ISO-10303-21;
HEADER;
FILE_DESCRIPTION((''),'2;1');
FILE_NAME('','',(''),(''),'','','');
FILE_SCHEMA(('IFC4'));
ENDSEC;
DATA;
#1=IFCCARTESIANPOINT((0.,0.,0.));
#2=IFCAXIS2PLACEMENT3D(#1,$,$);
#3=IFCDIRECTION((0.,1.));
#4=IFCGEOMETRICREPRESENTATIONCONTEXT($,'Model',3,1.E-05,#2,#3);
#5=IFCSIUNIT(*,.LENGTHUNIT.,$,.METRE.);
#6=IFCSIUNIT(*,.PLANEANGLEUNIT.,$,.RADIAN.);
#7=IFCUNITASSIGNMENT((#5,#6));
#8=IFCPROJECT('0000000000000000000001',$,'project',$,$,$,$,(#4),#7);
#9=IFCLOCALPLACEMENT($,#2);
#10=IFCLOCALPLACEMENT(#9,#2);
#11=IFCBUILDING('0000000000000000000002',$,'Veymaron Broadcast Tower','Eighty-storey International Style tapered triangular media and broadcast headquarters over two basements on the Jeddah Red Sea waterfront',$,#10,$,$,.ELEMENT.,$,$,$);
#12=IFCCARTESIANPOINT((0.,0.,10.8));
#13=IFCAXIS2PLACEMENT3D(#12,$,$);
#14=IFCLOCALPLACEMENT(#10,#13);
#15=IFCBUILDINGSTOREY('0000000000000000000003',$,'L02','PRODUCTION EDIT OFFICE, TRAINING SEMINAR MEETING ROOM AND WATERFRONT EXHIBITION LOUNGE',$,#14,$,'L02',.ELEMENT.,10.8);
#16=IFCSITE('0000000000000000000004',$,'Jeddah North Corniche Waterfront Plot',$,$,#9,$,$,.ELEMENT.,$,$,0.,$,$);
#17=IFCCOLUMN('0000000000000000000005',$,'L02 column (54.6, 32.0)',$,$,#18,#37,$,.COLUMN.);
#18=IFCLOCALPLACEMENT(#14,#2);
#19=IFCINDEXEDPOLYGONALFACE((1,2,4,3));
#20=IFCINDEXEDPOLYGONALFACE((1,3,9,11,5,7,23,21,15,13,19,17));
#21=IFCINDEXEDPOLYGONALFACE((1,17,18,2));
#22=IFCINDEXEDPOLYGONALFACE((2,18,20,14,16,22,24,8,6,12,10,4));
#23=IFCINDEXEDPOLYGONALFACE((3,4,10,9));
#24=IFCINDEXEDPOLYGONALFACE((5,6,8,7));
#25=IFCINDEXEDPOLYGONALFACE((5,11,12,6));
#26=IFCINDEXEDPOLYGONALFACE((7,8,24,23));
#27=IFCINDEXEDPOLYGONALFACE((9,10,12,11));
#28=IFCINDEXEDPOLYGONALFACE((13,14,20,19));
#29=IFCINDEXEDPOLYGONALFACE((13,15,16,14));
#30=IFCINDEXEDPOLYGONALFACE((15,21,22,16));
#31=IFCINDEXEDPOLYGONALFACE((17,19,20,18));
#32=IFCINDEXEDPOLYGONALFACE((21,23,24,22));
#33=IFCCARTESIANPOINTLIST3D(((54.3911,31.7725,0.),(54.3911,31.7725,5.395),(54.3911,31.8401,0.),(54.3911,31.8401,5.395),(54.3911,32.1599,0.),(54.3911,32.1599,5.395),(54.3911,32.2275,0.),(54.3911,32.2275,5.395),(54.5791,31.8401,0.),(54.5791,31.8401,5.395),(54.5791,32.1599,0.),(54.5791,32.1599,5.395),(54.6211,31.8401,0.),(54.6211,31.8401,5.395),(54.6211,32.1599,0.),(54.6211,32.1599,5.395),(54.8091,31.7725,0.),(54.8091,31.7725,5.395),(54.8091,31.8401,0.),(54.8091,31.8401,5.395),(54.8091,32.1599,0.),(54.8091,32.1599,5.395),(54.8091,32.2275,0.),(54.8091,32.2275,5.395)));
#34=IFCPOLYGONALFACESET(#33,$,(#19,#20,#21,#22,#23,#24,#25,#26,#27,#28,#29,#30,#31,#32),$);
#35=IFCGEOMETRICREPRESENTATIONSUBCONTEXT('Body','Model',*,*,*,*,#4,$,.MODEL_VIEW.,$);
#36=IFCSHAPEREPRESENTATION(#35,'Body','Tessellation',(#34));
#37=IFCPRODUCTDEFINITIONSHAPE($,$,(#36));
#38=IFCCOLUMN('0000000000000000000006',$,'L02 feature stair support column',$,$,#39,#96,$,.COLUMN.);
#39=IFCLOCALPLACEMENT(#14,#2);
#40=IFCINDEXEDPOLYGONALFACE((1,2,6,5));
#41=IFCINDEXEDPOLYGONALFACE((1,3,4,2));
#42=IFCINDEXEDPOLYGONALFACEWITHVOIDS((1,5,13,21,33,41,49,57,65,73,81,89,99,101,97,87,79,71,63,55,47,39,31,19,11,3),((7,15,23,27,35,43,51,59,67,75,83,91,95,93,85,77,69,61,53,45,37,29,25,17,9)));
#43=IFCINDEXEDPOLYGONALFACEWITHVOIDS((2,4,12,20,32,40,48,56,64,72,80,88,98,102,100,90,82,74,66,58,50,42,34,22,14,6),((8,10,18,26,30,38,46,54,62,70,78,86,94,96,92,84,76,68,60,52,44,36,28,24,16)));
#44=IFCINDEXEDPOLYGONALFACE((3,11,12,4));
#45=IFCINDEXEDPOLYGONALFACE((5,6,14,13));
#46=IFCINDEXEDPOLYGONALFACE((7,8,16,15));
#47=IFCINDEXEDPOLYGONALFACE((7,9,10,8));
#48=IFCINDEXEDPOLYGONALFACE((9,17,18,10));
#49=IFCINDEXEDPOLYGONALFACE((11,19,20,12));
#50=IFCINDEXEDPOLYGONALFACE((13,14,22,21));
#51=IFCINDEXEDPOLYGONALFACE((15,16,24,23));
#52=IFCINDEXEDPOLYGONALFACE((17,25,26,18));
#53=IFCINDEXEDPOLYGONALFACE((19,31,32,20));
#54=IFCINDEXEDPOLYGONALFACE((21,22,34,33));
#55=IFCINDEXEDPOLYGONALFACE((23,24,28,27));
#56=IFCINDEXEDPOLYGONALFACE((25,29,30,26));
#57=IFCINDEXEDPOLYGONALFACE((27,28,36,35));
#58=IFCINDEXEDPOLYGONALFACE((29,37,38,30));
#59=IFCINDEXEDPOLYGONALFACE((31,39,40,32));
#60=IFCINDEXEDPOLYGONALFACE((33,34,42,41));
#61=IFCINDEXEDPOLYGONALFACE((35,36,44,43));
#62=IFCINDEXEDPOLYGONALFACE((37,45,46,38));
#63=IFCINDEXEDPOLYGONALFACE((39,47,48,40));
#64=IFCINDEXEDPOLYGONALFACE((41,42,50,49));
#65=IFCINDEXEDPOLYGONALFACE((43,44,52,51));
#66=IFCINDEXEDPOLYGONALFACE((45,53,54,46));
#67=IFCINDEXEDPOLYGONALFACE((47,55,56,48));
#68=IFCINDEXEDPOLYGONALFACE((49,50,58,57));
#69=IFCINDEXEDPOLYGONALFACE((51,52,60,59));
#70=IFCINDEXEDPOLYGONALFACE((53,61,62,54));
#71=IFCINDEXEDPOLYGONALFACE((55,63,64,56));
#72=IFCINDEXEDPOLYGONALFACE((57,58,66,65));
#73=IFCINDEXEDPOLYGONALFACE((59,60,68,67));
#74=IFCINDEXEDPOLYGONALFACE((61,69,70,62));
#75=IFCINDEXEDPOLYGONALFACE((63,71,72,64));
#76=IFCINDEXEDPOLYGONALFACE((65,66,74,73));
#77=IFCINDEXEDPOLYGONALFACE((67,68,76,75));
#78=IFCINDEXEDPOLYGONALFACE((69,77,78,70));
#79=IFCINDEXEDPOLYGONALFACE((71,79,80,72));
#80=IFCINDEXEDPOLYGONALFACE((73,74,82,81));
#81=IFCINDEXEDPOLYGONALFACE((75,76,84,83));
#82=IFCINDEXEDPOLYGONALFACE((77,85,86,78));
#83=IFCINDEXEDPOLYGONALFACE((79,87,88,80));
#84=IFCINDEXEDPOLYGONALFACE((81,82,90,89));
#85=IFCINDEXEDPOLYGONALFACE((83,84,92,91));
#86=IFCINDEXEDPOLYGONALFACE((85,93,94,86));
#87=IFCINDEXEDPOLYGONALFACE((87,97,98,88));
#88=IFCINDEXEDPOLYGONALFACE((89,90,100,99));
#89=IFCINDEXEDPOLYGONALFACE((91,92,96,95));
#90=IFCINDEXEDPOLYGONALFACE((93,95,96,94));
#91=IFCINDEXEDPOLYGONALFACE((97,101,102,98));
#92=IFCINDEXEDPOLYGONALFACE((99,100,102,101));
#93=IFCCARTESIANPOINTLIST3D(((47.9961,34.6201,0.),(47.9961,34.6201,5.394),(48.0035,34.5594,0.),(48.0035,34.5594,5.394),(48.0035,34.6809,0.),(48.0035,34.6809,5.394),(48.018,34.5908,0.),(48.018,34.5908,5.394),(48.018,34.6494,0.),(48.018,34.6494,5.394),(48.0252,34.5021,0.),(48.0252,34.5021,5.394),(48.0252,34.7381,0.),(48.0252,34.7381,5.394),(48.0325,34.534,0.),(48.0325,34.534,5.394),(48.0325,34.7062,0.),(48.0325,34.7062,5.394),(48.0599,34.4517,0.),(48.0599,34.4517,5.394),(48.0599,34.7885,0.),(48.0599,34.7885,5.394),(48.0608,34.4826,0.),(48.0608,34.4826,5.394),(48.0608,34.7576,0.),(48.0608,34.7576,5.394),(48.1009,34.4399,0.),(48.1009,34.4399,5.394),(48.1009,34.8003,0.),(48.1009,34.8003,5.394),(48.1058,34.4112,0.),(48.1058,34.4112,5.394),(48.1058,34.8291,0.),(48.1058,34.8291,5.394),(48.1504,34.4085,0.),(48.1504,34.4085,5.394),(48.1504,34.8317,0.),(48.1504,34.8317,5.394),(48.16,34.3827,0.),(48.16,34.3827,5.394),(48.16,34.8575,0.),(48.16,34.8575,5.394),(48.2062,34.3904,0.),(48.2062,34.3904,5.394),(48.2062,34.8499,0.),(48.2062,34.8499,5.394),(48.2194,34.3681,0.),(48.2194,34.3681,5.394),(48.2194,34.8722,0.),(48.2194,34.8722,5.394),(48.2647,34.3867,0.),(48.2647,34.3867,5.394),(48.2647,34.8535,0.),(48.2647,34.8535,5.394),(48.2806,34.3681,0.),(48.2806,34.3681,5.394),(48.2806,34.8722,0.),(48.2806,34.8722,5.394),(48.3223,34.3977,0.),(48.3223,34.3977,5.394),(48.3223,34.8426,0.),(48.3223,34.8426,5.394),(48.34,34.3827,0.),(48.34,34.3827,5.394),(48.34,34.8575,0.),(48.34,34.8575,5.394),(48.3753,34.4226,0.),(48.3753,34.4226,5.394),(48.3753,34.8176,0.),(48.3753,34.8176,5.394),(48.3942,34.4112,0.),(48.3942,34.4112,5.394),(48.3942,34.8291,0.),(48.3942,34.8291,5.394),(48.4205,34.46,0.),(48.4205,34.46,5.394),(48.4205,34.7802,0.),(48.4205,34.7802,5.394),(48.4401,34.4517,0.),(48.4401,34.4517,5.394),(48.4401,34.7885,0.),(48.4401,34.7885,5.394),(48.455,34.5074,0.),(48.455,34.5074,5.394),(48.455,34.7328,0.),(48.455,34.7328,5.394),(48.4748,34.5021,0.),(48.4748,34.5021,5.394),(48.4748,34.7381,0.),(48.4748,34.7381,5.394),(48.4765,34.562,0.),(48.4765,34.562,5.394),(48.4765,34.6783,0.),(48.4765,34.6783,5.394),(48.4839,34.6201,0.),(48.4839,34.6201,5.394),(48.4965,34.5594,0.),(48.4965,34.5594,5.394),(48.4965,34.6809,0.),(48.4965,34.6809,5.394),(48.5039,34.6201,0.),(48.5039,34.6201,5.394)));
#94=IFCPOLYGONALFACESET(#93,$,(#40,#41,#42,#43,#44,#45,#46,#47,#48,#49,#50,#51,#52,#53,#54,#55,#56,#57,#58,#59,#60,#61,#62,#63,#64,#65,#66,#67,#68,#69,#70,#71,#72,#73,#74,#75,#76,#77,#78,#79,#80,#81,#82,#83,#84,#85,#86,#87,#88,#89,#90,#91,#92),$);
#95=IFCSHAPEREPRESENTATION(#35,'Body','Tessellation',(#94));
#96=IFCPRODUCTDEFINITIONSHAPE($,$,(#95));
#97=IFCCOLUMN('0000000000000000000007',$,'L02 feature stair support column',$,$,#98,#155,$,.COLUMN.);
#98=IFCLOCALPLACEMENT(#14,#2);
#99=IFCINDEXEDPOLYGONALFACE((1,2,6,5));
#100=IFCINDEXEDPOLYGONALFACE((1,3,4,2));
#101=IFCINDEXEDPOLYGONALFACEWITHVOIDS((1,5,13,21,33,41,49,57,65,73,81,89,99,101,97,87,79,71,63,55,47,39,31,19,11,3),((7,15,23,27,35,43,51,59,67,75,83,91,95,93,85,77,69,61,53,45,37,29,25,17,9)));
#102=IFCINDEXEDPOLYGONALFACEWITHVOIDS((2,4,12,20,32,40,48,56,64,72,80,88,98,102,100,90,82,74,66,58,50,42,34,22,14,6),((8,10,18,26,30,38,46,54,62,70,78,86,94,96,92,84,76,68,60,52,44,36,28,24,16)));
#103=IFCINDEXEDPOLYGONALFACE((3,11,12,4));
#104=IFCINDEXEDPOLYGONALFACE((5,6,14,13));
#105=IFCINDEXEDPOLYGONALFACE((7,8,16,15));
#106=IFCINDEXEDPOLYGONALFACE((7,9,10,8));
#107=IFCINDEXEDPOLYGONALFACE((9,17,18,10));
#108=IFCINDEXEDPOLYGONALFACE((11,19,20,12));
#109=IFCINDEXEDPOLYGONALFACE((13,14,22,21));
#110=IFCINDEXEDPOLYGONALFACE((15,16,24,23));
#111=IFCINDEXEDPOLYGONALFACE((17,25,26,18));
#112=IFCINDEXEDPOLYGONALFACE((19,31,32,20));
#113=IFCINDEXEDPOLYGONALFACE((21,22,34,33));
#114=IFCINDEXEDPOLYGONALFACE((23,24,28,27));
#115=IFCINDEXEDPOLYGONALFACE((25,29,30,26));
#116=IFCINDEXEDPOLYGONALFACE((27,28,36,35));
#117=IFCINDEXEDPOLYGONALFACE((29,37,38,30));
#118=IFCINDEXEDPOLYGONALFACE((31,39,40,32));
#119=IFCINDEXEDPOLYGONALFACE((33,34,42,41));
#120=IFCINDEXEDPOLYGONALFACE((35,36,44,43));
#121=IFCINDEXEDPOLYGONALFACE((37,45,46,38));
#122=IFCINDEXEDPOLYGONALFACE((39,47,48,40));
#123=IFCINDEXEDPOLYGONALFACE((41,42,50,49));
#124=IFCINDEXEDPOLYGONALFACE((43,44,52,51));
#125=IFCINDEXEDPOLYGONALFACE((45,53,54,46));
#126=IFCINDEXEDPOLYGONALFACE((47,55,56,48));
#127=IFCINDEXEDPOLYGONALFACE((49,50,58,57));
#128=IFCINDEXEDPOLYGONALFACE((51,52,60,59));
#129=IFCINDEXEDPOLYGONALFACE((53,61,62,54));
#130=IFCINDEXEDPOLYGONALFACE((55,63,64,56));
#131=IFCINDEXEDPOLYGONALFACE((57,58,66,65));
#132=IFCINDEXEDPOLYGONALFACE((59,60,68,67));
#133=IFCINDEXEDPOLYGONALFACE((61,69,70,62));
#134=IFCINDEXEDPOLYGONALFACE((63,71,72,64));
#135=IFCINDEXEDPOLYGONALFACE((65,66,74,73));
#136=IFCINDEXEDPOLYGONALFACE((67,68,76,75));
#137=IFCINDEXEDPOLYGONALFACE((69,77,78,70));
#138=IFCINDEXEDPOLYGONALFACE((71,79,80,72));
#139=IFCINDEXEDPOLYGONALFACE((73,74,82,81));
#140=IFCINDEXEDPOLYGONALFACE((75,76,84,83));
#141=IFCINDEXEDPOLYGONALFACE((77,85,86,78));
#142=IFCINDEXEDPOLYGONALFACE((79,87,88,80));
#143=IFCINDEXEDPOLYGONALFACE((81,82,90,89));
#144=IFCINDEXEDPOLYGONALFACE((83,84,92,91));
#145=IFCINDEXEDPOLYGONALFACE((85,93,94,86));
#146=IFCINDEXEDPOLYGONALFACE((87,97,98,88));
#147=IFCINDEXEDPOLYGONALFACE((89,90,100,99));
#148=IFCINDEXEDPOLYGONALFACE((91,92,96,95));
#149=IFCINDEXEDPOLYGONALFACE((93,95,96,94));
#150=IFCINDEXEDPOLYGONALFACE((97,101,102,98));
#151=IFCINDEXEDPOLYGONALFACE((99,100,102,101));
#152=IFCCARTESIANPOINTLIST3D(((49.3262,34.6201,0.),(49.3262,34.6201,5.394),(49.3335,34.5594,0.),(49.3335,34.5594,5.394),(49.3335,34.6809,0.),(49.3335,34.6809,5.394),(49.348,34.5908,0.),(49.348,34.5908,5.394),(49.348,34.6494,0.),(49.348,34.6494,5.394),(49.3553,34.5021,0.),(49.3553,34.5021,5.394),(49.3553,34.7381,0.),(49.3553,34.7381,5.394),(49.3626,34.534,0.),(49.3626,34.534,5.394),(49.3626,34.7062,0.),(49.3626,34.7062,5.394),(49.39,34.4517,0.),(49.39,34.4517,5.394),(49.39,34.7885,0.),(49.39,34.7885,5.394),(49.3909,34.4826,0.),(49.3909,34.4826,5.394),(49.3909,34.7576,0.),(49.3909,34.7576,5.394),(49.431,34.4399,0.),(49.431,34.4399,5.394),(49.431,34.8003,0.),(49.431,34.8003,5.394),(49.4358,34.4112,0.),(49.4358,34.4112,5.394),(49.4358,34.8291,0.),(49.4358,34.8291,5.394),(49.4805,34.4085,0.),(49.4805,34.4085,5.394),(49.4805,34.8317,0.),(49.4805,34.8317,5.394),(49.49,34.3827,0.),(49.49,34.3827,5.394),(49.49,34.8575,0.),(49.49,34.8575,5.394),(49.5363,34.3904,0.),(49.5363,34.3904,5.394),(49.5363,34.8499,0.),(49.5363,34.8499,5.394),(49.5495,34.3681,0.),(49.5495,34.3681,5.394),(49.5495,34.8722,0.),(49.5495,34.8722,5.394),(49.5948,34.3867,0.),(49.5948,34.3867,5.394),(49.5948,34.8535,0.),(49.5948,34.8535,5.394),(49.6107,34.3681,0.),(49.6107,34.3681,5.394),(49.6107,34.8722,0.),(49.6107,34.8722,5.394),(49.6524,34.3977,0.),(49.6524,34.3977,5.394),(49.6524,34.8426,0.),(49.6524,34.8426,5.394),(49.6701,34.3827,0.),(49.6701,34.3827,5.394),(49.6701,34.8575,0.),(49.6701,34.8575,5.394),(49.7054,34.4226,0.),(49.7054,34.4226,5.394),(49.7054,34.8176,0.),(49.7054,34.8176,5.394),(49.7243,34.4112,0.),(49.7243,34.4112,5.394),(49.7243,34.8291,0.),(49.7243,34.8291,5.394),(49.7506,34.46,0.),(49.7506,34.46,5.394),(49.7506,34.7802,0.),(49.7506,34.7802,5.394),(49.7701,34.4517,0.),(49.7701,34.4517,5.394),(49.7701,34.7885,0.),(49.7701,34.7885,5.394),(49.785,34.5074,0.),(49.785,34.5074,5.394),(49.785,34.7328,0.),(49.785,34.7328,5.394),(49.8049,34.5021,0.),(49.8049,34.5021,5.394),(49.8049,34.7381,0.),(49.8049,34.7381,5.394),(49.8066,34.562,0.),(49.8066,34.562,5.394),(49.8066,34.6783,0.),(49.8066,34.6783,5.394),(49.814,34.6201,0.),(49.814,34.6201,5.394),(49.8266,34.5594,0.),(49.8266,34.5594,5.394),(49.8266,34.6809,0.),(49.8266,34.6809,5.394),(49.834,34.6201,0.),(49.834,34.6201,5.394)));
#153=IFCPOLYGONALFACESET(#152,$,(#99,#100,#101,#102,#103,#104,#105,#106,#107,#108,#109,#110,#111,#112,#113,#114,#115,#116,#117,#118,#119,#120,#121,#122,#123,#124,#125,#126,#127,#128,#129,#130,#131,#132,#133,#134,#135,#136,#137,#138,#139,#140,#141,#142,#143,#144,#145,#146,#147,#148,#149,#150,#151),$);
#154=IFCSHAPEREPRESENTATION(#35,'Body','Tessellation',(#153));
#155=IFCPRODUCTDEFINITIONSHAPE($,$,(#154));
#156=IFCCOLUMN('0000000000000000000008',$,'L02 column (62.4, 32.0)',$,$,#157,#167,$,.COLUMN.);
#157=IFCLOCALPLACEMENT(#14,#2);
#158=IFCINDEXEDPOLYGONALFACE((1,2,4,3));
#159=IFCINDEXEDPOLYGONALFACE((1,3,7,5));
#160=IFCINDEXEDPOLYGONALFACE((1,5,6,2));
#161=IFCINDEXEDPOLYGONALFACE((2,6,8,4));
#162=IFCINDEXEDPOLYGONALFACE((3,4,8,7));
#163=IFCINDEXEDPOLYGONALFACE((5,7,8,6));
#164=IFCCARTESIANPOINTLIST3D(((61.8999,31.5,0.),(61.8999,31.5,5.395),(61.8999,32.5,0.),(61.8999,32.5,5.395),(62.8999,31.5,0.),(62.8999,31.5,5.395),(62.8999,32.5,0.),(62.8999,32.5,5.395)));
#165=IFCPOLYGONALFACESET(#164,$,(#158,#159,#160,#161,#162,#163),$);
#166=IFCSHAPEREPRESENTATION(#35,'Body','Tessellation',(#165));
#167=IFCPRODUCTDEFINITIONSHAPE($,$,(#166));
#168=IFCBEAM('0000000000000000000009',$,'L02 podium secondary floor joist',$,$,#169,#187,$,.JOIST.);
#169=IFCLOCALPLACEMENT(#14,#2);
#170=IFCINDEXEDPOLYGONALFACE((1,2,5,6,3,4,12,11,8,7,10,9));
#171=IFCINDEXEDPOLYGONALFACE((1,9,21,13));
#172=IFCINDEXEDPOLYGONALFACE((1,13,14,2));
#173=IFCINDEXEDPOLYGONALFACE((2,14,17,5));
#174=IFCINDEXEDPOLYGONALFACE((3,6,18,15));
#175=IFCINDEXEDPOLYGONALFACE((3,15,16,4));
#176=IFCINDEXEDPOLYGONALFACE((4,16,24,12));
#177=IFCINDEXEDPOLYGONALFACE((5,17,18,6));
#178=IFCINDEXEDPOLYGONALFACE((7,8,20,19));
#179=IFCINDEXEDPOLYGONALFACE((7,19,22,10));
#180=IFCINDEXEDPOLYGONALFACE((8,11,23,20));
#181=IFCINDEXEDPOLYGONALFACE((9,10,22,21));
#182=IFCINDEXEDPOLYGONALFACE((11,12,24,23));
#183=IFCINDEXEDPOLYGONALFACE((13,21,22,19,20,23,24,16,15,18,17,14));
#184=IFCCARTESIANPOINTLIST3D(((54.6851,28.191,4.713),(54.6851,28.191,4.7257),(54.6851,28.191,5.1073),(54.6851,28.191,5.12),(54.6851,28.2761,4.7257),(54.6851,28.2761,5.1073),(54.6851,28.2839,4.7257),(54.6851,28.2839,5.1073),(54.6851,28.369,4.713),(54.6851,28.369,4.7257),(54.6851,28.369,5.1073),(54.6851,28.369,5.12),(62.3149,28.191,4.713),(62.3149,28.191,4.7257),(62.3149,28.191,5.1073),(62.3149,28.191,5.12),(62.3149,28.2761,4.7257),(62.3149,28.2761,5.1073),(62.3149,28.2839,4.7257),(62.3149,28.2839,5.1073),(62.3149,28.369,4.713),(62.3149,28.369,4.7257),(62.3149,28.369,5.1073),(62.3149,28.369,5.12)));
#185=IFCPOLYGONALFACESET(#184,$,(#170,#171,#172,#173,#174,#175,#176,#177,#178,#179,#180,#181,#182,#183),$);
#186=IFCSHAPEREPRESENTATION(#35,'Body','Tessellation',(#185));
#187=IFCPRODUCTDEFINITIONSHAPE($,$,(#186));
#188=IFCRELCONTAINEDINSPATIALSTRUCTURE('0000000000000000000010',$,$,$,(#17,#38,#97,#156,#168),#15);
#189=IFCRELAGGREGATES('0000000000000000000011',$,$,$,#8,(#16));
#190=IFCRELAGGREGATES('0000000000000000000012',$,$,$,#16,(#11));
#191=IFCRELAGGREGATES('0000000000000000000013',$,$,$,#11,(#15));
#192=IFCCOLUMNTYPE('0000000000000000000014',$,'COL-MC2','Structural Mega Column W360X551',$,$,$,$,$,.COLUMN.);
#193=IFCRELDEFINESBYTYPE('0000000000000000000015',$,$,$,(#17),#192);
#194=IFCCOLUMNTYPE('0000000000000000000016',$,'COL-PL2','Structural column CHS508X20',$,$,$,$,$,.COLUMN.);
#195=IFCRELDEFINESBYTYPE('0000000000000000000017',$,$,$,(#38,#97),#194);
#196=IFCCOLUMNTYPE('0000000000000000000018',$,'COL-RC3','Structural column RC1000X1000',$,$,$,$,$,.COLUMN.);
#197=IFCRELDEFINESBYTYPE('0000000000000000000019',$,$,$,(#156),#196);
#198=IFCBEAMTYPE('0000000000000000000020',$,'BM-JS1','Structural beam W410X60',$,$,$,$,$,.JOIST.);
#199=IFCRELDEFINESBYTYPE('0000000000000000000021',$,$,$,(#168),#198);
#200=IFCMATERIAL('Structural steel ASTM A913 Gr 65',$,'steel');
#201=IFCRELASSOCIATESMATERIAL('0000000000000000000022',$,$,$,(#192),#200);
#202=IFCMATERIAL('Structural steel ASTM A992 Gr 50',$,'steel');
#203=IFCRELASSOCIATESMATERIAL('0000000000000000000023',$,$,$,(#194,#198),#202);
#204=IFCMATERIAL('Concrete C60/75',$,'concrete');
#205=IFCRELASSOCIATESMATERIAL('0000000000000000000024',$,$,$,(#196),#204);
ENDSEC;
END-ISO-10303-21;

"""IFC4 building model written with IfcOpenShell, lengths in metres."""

from ifc_helpers import new_model, si_unit, direction, frame, origin, origin_2d, place, context, subcontext, project, spatial, rectangle, hollow_circle, i_section, extrude, material, material_profile, profile_set, type_object, element, save


model = new_model("IFC4")

# Units and contexts
model_context = context("Model", 3, precision=1e-05, world=origin(), true_north=direction((0.0, 1.0)))
body_context = subcontext(model_context, "Body", "Model", "MODEL_VIEW")
ifc_project = project(units=[si_unit("LENGTHUNIT", "METRE"), si_unit("PLANEANGLEUNIT", "RADIAN")], contexts=[model_context])

# Site, building, storey
site_placement = place(None, origin())
site = spatial("IfcSite", under=ifc_project, at=site_placement, Name="Jeddah North Corniche Waterfront Plot", CompositionType="ELEMENT", RefElevation=0.0)
building_placement = place(site_placement, origin())
building = spatial("IfcBuilding", under=site, at=building_placement, Name="Veymaron Broadcast Tower", Description="Eighty-storey International Style tapered triangular media and broadcast headquarters over two basements on the Jeddah Red Sea waterfront", CompositionType="ELEMENT")
storey_placement = place(building_placement, frame((0.0, 0.0, 10.8)))
storey = spatial("IfcBuildingStorey", under=building, at=storey_placement, Name="L02", Description="PRODUCTION EDIT OFFICE, TRAINING SEMINAR MEETING ROOM AND WATERFRONT EXHIBITION LOUNGE", LongName="L02", CompositionType="ELEMENT", Elevation=10.8)

# Columns
ifc_material_1 = material(Name="Structural steel ASTM A913 Gr 65", Category="steel")
ifc_material_profile_1 = material_profile(ifc_material_1, i_section(OverallWidth=0.418, OverallDepth=0.4551, WebThickness=0.042, FlangeThickness=0.0676, at=origin_2d()), Name="W360X551")
ifc_profile_set_1 = profile_set([ifc_material_profile_1], Name="Structural steel ASTM A913 Gr 65")
column_type_1 = type_object("IfcColumnType", Name="COL-MC2", Description="Structural Mega Column W360X551", PredefinedType="COLUMN", material=ifc_profile_set_1)
column_1_placement = place(storey_placement, frame((54.6001, 32.0, 0.0), z_axis=(0.0, 0.0, 1.0), x_axis=(1.0, 0.0, 0.0)))
element("IfcColumn", 1, at=column_1_placement, inside=storey, type_object=column_type_1, Name="L02 column (54.6, 32.0)", PredefinedType="COLUMN", context=body_context, shape_type="SweptSolid", body=[
    extrude(i_section(OverallWidth=0.418, OverallDepth=0.4551, WebThickness=0.042, FlangeThickness=0.0676, at=origin_2d()), origin(), (0.0, 0.0, 1.0), 5.395),
])
ifc_material_2 = material(Name="Structural steel ASTM A992 Gr 50", Category="steel")
ifc_material_profile_2 = material_profile(ifc_material_2, hollow_circle(Radius=0.2539, WallThickness=0.02, at=origin_2d()), Name="CHS508X20")
ifc_profile_set_2 = profile_set([ifc_material_profile_2], Name="Structural steel ASTM A992 Gr 50")
column_type_2 = type_object("IfcColumnType", Name="COL-PL2", Description="Structural column CHS508X20", PredefinedType="COLUMN", material=ifc_profile_set_2)
for number, where, z_axis, x_axis, name in (
    (2, (48.25, 34.6201, 0.0), (0.0, 0.0, 1.0), (1.0, 0.0, 0.0), "L02 feature stair support column"),
    (3, (49.5801, 34.6201, 0.0), (0.0, 0.0, 1.0), (1.0, 0.0, 0.0), "L02 feature stair support column"),
):
    element("IfcColumn", number, at=place(storey_placement, frame(where, z_axis=z_axis, x_axis=x_axis)), inside=storey, type_object=column_type_2, Name=name, PredefinedType="COLUMN", context=body_context, shape_type="SweptSolid", body=[
        extrude(hollow_circle(Radius=0.2539, WallThickness=0.02, at=origin_2d()), origin(), (0.0, 0.0, 1.0), 5.394),
    ])
ifc_material_3 = material(Name="Concrete C60/75", Category="concrete")
ifc_material_profile_3 = material_profile(ifc_material_3, rectangle(XDim=1.0, YDim=1.0, at=origin_2d()), Name="RC1000X1000")
ifc_profile_set_3 = profile_set([ifc_material_profile_3], Name="Concrete C60/75")
column_type_3 = type_object("IfcColumnType", Name="COL-RC3", Description="Structural column RC1000X1000", PredefinedType="COLUMN", material=ifc_profile_set_3)
column_2_placement = place(storey_placement, frame((62.3999, 32.0, 0.0), z_axis=(0.0, 0.0, 1.0), x_axis=(1.0, 0.0, 0.0)))
element("IfcColumn", 4, at=column_2_placement, inside=storey, type_object=column_type_3, Name="L02 column (62.4, 32.0)", PredefinedType="COLUMN", context=body_context, shape_type="SweptSolid", body=[
    extrude(rectangle(XDim=1.0, YDim=1.0, at=origin_2d()), origin(), (0.0, 0.0, 1.0), 5.395),
])

# Beam
ifc_material_profile_4 = material_profile(ifc_material_2, i_section(OverallWidth=0.178, OverallDepth=0.407, WebThickness=0.0078, FlangeThickness=0.0127, at=origin_2d()), Name="W410X60")
ifc_profile_set_4 = profile_set([ifc_material_profile_4], Name="Structural steel ASTM A992 Gr 50")
beam_type_1 = type_object("IfcBeamType", Name="BM-JS1", Description="Structural beam W410X60", PredefinedType="JOIST", material=ifc_profile_set_4)
beam_1_placement = place(storey_placement, frame((54.6851, 28.28, 4.9165), z_axis=(1.0, 0.0, 0.0), x_axis=(0.0, 1.0, 0.0)))
element("IfcBeam", 5, at=beam_1_placement, inside=storey, type_object=beam_type_1, Name="L02 podium secondary floor joist", PredefinedType="JOIST", context=body_context, shape_type="SweptSolid", body=[
    extrude(i_section(OverallWidth=0.178, OverallDepth=0.407, WebThickness=0.0078, FlangeThickness=0.0127, at=origin_2d()), origin(), (0.0, 0.0, 1.0), 7.6299),
])

save(model, "model.ifc")
